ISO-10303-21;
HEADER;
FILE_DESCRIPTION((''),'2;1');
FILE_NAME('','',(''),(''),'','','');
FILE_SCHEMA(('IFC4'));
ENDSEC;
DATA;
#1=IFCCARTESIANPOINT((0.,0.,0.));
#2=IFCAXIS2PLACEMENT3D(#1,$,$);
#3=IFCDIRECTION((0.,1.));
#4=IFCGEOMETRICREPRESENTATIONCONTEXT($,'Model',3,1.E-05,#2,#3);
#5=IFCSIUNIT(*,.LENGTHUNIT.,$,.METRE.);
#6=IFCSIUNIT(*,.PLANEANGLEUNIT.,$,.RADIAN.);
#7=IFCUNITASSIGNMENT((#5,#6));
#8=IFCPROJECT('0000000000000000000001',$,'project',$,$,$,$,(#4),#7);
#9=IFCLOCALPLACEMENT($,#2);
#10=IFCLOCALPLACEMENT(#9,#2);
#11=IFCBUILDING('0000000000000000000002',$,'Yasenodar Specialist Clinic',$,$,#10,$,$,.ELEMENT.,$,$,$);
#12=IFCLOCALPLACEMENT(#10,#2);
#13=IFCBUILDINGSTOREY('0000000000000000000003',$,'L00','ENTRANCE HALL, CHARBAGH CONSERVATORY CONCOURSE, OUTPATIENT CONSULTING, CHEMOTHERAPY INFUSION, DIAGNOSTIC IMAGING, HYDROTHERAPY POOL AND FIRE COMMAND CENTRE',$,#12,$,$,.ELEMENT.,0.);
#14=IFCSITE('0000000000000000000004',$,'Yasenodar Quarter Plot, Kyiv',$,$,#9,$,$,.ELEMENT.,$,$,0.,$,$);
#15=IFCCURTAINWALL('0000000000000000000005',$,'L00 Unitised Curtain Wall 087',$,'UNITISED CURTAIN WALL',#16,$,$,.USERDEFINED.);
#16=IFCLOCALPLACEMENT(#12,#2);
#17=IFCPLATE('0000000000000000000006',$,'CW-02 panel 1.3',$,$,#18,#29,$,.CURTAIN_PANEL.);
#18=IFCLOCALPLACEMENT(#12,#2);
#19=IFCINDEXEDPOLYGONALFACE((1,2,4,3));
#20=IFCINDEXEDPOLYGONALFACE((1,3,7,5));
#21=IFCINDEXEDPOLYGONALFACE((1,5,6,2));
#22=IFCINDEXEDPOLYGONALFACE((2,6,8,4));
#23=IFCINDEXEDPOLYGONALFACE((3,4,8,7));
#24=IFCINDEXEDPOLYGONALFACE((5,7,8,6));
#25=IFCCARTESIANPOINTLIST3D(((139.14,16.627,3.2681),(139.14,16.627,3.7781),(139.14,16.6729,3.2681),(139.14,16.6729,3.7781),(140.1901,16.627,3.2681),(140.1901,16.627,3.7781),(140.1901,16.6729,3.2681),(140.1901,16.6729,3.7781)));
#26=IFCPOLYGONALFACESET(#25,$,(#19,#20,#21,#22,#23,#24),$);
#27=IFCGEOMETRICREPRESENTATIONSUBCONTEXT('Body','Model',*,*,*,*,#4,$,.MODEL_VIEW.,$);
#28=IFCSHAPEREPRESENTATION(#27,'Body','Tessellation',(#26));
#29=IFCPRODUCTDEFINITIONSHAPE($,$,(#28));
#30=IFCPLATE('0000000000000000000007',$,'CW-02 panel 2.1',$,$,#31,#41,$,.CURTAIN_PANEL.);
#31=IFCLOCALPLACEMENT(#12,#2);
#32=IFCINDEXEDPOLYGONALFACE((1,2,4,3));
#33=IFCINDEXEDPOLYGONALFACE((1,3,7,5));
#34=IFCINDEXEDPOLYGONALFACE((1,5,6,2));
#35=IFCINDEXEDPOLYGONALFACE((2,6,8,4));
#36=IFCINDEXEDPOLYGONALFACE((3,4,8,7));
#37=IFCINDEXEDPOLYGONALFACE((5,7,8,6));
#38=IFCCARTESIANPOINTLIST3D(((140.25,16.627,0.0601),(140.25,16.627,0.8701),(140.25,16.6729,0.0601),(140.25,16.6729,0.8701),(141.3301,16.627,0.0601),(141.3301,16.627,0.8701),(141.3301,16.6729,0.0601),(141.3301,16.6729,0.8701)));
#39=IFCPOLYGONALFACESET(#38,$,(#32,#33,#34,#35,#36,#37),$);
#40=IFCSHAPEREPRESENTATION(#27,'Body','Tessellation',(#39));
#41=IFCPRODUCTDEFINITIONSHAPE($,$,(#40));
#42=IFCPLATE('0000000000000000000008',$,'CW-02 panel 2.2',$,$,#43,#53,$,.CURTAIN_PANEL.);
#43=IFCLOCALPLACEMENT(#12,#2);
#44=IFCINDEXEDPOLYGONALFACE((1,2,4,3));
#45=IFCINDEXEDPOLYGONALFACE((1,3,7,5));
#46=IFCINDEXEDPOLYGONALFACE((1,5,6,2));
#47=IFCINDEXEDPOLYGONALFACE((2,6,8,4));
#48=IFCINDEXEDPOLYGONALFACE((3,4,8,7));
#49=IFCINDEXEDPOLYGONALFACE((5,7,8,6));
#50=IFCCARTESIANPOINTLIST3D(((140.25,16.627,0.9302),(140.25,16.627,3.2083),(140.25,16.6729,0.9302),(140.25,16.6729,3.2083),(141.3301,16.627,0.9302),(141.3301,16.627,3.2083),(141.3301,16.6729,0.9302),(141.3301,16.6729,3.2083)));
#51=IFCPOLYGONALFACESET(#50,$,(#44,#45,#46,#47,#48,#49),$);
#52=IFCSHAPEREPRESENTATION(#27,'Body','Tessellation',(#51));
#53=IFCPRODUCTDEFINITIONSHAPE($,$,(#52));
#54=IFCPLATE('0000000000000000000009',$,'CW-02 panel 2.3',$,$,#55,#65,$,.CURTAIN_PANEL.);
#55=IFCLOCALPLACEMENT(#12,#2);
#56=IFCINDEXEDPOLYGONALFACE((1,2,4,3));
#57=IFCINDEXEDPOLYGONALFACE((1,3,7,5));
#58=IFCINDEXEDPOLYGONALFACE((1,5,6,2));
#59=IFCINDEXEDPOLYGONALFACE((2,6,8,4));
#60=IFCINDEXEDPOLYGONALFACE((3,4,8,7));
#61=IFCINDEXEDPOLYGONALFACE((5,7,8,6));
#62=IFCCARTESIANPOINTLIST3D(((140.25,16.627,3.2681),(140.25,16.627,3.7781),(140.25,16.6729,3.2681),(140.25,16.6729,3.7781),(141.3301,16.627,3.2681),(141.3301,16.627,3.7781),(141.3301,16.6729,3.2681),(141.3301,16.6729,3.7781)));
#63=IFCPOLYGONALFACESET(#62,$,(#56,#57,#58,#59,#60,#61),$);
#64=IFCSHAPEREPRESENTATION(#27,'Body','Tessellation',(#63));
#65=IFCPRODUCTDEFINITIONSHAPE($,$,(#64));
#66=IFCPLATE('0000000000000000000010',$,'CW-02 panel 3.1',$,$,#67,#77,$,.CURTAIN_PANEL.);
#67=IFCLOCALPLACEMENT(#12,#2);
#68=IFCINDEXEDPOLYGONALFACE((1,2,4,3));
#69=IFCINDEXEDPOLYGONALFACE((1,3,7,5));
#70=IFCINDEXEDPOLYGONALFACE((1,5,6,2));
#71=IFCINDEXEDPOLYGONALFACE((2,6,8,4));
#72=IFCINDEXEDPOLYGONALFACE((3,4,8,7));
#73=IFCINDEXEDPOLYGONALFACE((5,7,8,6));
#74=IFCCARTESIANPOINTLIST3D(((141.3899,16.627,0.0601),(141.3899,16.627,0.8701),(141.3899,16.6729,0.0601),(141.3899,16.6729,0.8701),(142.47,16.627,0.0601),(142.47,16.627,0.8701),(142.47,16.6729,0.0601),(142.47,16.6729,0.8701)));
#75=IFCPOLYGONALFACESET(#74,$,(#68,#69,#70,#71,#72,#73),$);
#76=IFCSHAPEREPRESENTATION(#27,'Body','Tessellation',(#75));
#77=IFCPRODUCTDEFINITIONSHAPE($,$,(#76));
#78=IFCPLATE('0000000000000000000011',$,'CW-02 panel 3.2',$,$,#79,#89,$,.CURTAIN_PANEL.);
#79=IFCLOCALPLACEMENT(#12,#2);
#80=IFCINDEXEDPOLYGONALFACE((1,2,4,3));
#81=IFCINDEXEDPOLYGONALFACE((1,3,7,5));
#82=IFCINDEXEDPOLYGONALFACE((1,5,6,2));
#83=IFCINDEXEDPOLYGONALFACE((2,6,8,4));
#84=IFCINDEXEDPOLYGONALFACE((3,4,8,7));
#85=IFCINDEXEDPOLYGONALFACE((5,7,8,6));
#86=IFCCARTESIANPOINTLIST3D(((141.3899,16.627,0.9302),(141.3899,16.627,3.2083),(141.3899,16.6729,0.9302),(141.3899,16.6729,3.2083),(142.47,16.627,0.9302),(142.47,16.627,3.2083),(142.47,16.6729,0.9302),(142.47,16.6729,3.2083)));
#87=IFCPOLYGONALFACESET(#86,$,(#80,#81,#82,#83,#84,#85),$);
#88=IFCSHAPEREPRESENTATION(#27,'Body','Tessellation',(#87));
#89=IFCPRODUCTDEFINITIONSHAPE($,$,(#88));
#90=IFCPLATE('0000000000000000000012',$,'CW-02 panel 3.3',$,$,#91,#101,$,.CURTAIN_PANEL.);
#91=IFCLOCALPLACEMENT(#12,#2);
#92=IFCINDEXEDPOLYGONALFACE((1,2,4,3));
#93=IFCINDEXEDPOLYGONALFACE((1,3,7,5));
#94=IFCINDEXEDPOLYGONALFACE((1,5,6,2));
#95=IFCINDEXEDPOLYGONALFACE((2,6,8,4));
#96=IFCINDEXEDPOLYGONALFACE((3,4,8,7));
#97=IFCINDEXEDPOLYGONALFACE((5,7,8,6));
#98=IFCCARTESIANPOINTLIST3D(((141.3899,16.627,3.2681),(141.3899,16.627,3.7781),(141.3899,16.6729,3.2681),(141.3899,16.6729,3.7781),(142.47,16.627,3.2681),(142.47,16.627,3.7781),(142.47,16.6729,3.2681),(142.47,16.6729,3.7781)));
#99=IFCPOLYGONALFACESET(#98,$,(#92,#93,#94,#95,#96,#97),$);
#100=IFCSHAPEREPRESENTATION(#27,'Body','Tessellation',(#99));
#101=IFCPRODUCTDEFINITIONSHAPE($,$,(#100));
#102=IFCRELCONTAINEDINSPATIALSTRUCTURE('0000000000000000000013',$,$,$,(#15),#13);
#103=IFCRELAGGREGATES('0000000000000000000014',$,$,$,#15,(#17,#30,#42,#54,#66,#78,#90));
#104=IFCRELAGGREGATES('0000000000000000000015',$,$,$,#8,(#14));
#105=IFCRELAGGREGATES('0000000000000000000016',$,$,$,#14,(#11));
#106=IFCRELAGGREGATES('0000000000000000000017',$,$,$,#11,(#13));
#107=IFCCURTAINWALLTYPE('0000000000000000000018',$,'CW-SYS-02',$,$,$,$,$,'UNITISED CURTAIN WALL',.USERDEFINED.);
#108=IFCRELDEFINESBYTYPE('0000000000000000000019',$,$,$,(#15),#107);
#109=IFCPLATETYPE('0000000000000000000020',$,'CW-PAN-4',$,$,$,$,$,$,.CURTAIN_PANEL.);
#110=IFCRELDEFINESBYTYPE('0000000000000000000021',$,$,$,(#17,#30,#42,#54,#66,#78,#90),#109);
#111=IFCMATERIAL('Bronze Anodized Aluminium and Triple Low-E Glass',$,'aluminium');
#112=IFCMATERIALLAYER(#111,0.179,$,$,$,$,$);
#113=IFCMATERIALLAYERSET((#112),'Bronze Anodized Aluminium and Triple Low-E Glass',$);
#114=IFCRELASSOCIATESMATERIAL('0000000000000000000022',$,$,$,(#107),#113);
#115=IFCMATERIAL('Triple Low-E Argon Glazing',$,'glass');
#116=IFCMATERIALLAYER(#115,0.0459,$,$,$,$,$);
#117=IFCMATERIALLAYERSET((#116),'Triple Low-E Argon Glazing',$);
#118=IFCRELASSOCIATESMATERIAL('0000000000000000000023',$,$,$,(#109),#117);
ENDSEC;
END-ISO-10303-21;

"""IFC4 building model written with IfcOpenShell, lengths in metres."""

from ifc_helpers import new_model, si_unit, direction, frame, origin, origin_2d, place, context, subcontext, project, spatial, rectangle, extrude, material, layer, layer_set, type_object, element, aggregate, save


model = new_model("IFC4")

# Units and contexts
model_context = context("Model", 3, precision=1e-05, world=origin(), true_north=direction((0.0, 1.0)))
body_context = subcontext(model_context, "Body", "Model", "MODEL_VIEW")
ifc_project = project(units=[si_unit("LENGTHUNIT", "METRE"), si_unit("PLANEANGLEUNIT", "RADIAN")], contexts=[model_context])

# Site, building, storey
site_placement = place(None, origin())
site = spatial("IfcSite", under=ifc_project, at=site_placement, Name="Yasenodar Quarter Plot, Kyiv", CompositionType="ELEMENT", RefElevation=0.0)
building_placement = place(site_placement, origin())
building = spatial("IfcBuilding", under=site, at=building_placement, Name="Yasenodar Specialist Clinic", CompositionType="ELEMENT")
storey_placement = place(building_placement, origin())
storey = spatial("IfcBuildingStorey", under=building, at=storey_placement, Name="L00", Description="ENTRANCE HALL, CHARBAGH CONSERVATORY CONCOURSE, OUTPATIENT CONSULTING, CHEMOTHERAPY INFUSION, DIAGNOSTIC IMAGING, HYDROTHERAPY POOL AND FIRE COMMAND CENTRE", CompositionType="ELEMENT", Elevation=0.0)

# Curtain wall, plates
ifc_material_1 = material(Name="Bronze Anodized Aluminium and Triple Low-E Glass", Category="aluminium")
ifc_layer_1 = layer(ifc_material_1, 0.179)
ifc_layer_set_1 = layer_set([ifc_layer_1], Name="Bronze Anodized Aluminium and Triple Low-E Glass")
curtain_wall_type = type_object("IfcCurtainWallType", Name="CW-SYS-02", ElementType="UNITISED CURTAIN WALL", PredefinedType="USERDEFINED", material=ifc_layer_set_1)
curtain_wall_placement = place(storey_placement, origin())
curtain_wall = element("IfcCurtainWall", 1, at=curtain_wall_placement, inside=storey, type_object=curtain_wall_type, Name="L00 Unitised Curtain Wall 087", ObjectType="UNITISED CURTAIN WALL", PredefinedType="USERDEFINED")
ifc_material_2 = material(Name="Triple Low-E Argon Glazing", Category="glass")
ifc_layer_2 = layer(ifc_material_2, 0.0459)
ifc_layer_set_2 = layer_set([ifc_layer_2], Name="Triple Low-E Argon Glazing")
plate_type = type_object("IfcPlateType", Name="CW-PAN-4", PredefinedType="CURTAIN_PANEL", material=ifc_layer_set_2)
plate_1_placement = place(storey_placement, frame((139.665, 16.6499, 3.2681), z_axis=(0.0, 0.0, 1.0), x_axis=(1.0, 0.0, 0.0)))
plate_1 = element("IfcPlate", 2, at=plate_1_placement, type_object=plate_type, Name="CW-02 panel 1.3", PredefinedType="CURTAIN_PANEL", context=body_context, shape_type="SweptSolid", body=[
    extrude(rectangle(XDim=1.05, YDim=0.0459, at=origin_2d()), origin(), (0.0, 0.0, 1.0), 0.51),
])
plate_2_placement = place(storey_placement, frame((140.79, 16.6499, 0.0601), z_axis=(0.0, 0.0, 1.0), x_axis=(1.0, 0.0, 0.0)))
plate_2 = element("IfcPlate", 3, at=plate_2_placement, type_object=plate_type, Name="CW-02 panel 2.1", PredefinedType="CURTAIN_PANEL", context=body_context, shape_type="SweptSolid", body=[
    extrude(rectangle(XDim=1.0801, YDim=0.0459, at=origin_2d()), origin(), (0.0, 0.0, 1.0), 0.8101),
])
plate_3_placement = place(storey_placement, frame((140.79, 16.6499, 0.9302), z_axis=(0.0, 0.0, 1.0), x_axis=(1.0, 0.0, 0.0)))
plate_3 = element("IfcPlate", 4, at=plate_3_placement, type_object=plate_type, Name="CW-02 panel 2.2", PredefinedType="CURTAIN_PANEL", context=body_context, shape_type="SweptSolid", body=[
    extrude(rectangle(XDim=1.0801, YDim=0.0459, at=origin_2d()), origin(), (0.0, 0.0, 1.0), 2.2781),
])
plate_4_placement = place(storey_placement, frame((140.79, 16.6499, 3.2681), z_axis=(0.0, 0.0, 1.0), x_axis=(1.0, 0.0, 0.0)))
plate_4 = element("IfcPlate", 5, at=plate_4_placement, type_object=plate_type, Name="CW-02 panel 2.3", PredefinedType="CURTAIN_PANEL", context=body_context, shape_type="SweptSolid", body=[
    extrude(rectangle(XDim=1.0801, YDim=0.0459, at=origin_2d()), origin(), (0.0, 0.0, 1.0), 0.51),
])
plate_5_placement = place(storey_placement, frame((141.9299, 16.6499, 0.0601), z_axis=(0.0, 0.0, 1.0), x_axis=(1.0, 0.0, 0.0)))
plate_5 = element("IfcPlate", 6, at=plate_5_placement, type_object=plate_type, Name="CW-02 panel 3.1", PredefinedType="CURTAIN_PANEL", context=body_context, shape_type="SweptSolid", body=[
    extrude(rectangle(XDim=1.0801, YDim=0.0459, at=origin_2d()), origin(), (0.0, 0.0, 1.0), 0.8101),
])
plate_6_placement = place(storey_placement, frame((141.9299, 16.6499, 0.9302), z_axis=(0.0, 0.0, 1.0), x_axis=(1.0, 0.0, 0.0)))
plate_6 = element("IfcPlate", 7, at=plate_6_placement, type_object=plate_type, Name="CW-02 panel 3.2", PredefinedType="CURTAIN_PANEL", context=body_context, shape_type="SweptSolid", body=[
    extrude(rectangle(XDim=1.0801, YDim=0.0459, at=origin_2d()), origin(), (0.0, 0.0, 1.0), 2.2781),
])
plate_7_placement = place(storey_placement, frame((141.9299, 16.6499, 3.2681), z_axis=(0.0, 0.0, 1.0), x_axis=(1.0, 0.0, 0.0)))
plate_7 = element("IfcPlate", 8, at=plate_7_placement, type_object=plate_type, Name="CW-02 panel 3.3", PredefinedType="CURTAIN_PANEL", context=body_context, shape_type="SweptSolid", body=[
    extrude(rectangle(XDim=1.0801, YDim=0.0459, at=origin_2d()), origin(), (0.0, 0.0, 1.0), 0.51),
])
aggregate(curtain_wall, [plate_1, plate_2, plate_3, plate_4, plate_5, plate_6, plate_7])

save(model, "model.ifc")
